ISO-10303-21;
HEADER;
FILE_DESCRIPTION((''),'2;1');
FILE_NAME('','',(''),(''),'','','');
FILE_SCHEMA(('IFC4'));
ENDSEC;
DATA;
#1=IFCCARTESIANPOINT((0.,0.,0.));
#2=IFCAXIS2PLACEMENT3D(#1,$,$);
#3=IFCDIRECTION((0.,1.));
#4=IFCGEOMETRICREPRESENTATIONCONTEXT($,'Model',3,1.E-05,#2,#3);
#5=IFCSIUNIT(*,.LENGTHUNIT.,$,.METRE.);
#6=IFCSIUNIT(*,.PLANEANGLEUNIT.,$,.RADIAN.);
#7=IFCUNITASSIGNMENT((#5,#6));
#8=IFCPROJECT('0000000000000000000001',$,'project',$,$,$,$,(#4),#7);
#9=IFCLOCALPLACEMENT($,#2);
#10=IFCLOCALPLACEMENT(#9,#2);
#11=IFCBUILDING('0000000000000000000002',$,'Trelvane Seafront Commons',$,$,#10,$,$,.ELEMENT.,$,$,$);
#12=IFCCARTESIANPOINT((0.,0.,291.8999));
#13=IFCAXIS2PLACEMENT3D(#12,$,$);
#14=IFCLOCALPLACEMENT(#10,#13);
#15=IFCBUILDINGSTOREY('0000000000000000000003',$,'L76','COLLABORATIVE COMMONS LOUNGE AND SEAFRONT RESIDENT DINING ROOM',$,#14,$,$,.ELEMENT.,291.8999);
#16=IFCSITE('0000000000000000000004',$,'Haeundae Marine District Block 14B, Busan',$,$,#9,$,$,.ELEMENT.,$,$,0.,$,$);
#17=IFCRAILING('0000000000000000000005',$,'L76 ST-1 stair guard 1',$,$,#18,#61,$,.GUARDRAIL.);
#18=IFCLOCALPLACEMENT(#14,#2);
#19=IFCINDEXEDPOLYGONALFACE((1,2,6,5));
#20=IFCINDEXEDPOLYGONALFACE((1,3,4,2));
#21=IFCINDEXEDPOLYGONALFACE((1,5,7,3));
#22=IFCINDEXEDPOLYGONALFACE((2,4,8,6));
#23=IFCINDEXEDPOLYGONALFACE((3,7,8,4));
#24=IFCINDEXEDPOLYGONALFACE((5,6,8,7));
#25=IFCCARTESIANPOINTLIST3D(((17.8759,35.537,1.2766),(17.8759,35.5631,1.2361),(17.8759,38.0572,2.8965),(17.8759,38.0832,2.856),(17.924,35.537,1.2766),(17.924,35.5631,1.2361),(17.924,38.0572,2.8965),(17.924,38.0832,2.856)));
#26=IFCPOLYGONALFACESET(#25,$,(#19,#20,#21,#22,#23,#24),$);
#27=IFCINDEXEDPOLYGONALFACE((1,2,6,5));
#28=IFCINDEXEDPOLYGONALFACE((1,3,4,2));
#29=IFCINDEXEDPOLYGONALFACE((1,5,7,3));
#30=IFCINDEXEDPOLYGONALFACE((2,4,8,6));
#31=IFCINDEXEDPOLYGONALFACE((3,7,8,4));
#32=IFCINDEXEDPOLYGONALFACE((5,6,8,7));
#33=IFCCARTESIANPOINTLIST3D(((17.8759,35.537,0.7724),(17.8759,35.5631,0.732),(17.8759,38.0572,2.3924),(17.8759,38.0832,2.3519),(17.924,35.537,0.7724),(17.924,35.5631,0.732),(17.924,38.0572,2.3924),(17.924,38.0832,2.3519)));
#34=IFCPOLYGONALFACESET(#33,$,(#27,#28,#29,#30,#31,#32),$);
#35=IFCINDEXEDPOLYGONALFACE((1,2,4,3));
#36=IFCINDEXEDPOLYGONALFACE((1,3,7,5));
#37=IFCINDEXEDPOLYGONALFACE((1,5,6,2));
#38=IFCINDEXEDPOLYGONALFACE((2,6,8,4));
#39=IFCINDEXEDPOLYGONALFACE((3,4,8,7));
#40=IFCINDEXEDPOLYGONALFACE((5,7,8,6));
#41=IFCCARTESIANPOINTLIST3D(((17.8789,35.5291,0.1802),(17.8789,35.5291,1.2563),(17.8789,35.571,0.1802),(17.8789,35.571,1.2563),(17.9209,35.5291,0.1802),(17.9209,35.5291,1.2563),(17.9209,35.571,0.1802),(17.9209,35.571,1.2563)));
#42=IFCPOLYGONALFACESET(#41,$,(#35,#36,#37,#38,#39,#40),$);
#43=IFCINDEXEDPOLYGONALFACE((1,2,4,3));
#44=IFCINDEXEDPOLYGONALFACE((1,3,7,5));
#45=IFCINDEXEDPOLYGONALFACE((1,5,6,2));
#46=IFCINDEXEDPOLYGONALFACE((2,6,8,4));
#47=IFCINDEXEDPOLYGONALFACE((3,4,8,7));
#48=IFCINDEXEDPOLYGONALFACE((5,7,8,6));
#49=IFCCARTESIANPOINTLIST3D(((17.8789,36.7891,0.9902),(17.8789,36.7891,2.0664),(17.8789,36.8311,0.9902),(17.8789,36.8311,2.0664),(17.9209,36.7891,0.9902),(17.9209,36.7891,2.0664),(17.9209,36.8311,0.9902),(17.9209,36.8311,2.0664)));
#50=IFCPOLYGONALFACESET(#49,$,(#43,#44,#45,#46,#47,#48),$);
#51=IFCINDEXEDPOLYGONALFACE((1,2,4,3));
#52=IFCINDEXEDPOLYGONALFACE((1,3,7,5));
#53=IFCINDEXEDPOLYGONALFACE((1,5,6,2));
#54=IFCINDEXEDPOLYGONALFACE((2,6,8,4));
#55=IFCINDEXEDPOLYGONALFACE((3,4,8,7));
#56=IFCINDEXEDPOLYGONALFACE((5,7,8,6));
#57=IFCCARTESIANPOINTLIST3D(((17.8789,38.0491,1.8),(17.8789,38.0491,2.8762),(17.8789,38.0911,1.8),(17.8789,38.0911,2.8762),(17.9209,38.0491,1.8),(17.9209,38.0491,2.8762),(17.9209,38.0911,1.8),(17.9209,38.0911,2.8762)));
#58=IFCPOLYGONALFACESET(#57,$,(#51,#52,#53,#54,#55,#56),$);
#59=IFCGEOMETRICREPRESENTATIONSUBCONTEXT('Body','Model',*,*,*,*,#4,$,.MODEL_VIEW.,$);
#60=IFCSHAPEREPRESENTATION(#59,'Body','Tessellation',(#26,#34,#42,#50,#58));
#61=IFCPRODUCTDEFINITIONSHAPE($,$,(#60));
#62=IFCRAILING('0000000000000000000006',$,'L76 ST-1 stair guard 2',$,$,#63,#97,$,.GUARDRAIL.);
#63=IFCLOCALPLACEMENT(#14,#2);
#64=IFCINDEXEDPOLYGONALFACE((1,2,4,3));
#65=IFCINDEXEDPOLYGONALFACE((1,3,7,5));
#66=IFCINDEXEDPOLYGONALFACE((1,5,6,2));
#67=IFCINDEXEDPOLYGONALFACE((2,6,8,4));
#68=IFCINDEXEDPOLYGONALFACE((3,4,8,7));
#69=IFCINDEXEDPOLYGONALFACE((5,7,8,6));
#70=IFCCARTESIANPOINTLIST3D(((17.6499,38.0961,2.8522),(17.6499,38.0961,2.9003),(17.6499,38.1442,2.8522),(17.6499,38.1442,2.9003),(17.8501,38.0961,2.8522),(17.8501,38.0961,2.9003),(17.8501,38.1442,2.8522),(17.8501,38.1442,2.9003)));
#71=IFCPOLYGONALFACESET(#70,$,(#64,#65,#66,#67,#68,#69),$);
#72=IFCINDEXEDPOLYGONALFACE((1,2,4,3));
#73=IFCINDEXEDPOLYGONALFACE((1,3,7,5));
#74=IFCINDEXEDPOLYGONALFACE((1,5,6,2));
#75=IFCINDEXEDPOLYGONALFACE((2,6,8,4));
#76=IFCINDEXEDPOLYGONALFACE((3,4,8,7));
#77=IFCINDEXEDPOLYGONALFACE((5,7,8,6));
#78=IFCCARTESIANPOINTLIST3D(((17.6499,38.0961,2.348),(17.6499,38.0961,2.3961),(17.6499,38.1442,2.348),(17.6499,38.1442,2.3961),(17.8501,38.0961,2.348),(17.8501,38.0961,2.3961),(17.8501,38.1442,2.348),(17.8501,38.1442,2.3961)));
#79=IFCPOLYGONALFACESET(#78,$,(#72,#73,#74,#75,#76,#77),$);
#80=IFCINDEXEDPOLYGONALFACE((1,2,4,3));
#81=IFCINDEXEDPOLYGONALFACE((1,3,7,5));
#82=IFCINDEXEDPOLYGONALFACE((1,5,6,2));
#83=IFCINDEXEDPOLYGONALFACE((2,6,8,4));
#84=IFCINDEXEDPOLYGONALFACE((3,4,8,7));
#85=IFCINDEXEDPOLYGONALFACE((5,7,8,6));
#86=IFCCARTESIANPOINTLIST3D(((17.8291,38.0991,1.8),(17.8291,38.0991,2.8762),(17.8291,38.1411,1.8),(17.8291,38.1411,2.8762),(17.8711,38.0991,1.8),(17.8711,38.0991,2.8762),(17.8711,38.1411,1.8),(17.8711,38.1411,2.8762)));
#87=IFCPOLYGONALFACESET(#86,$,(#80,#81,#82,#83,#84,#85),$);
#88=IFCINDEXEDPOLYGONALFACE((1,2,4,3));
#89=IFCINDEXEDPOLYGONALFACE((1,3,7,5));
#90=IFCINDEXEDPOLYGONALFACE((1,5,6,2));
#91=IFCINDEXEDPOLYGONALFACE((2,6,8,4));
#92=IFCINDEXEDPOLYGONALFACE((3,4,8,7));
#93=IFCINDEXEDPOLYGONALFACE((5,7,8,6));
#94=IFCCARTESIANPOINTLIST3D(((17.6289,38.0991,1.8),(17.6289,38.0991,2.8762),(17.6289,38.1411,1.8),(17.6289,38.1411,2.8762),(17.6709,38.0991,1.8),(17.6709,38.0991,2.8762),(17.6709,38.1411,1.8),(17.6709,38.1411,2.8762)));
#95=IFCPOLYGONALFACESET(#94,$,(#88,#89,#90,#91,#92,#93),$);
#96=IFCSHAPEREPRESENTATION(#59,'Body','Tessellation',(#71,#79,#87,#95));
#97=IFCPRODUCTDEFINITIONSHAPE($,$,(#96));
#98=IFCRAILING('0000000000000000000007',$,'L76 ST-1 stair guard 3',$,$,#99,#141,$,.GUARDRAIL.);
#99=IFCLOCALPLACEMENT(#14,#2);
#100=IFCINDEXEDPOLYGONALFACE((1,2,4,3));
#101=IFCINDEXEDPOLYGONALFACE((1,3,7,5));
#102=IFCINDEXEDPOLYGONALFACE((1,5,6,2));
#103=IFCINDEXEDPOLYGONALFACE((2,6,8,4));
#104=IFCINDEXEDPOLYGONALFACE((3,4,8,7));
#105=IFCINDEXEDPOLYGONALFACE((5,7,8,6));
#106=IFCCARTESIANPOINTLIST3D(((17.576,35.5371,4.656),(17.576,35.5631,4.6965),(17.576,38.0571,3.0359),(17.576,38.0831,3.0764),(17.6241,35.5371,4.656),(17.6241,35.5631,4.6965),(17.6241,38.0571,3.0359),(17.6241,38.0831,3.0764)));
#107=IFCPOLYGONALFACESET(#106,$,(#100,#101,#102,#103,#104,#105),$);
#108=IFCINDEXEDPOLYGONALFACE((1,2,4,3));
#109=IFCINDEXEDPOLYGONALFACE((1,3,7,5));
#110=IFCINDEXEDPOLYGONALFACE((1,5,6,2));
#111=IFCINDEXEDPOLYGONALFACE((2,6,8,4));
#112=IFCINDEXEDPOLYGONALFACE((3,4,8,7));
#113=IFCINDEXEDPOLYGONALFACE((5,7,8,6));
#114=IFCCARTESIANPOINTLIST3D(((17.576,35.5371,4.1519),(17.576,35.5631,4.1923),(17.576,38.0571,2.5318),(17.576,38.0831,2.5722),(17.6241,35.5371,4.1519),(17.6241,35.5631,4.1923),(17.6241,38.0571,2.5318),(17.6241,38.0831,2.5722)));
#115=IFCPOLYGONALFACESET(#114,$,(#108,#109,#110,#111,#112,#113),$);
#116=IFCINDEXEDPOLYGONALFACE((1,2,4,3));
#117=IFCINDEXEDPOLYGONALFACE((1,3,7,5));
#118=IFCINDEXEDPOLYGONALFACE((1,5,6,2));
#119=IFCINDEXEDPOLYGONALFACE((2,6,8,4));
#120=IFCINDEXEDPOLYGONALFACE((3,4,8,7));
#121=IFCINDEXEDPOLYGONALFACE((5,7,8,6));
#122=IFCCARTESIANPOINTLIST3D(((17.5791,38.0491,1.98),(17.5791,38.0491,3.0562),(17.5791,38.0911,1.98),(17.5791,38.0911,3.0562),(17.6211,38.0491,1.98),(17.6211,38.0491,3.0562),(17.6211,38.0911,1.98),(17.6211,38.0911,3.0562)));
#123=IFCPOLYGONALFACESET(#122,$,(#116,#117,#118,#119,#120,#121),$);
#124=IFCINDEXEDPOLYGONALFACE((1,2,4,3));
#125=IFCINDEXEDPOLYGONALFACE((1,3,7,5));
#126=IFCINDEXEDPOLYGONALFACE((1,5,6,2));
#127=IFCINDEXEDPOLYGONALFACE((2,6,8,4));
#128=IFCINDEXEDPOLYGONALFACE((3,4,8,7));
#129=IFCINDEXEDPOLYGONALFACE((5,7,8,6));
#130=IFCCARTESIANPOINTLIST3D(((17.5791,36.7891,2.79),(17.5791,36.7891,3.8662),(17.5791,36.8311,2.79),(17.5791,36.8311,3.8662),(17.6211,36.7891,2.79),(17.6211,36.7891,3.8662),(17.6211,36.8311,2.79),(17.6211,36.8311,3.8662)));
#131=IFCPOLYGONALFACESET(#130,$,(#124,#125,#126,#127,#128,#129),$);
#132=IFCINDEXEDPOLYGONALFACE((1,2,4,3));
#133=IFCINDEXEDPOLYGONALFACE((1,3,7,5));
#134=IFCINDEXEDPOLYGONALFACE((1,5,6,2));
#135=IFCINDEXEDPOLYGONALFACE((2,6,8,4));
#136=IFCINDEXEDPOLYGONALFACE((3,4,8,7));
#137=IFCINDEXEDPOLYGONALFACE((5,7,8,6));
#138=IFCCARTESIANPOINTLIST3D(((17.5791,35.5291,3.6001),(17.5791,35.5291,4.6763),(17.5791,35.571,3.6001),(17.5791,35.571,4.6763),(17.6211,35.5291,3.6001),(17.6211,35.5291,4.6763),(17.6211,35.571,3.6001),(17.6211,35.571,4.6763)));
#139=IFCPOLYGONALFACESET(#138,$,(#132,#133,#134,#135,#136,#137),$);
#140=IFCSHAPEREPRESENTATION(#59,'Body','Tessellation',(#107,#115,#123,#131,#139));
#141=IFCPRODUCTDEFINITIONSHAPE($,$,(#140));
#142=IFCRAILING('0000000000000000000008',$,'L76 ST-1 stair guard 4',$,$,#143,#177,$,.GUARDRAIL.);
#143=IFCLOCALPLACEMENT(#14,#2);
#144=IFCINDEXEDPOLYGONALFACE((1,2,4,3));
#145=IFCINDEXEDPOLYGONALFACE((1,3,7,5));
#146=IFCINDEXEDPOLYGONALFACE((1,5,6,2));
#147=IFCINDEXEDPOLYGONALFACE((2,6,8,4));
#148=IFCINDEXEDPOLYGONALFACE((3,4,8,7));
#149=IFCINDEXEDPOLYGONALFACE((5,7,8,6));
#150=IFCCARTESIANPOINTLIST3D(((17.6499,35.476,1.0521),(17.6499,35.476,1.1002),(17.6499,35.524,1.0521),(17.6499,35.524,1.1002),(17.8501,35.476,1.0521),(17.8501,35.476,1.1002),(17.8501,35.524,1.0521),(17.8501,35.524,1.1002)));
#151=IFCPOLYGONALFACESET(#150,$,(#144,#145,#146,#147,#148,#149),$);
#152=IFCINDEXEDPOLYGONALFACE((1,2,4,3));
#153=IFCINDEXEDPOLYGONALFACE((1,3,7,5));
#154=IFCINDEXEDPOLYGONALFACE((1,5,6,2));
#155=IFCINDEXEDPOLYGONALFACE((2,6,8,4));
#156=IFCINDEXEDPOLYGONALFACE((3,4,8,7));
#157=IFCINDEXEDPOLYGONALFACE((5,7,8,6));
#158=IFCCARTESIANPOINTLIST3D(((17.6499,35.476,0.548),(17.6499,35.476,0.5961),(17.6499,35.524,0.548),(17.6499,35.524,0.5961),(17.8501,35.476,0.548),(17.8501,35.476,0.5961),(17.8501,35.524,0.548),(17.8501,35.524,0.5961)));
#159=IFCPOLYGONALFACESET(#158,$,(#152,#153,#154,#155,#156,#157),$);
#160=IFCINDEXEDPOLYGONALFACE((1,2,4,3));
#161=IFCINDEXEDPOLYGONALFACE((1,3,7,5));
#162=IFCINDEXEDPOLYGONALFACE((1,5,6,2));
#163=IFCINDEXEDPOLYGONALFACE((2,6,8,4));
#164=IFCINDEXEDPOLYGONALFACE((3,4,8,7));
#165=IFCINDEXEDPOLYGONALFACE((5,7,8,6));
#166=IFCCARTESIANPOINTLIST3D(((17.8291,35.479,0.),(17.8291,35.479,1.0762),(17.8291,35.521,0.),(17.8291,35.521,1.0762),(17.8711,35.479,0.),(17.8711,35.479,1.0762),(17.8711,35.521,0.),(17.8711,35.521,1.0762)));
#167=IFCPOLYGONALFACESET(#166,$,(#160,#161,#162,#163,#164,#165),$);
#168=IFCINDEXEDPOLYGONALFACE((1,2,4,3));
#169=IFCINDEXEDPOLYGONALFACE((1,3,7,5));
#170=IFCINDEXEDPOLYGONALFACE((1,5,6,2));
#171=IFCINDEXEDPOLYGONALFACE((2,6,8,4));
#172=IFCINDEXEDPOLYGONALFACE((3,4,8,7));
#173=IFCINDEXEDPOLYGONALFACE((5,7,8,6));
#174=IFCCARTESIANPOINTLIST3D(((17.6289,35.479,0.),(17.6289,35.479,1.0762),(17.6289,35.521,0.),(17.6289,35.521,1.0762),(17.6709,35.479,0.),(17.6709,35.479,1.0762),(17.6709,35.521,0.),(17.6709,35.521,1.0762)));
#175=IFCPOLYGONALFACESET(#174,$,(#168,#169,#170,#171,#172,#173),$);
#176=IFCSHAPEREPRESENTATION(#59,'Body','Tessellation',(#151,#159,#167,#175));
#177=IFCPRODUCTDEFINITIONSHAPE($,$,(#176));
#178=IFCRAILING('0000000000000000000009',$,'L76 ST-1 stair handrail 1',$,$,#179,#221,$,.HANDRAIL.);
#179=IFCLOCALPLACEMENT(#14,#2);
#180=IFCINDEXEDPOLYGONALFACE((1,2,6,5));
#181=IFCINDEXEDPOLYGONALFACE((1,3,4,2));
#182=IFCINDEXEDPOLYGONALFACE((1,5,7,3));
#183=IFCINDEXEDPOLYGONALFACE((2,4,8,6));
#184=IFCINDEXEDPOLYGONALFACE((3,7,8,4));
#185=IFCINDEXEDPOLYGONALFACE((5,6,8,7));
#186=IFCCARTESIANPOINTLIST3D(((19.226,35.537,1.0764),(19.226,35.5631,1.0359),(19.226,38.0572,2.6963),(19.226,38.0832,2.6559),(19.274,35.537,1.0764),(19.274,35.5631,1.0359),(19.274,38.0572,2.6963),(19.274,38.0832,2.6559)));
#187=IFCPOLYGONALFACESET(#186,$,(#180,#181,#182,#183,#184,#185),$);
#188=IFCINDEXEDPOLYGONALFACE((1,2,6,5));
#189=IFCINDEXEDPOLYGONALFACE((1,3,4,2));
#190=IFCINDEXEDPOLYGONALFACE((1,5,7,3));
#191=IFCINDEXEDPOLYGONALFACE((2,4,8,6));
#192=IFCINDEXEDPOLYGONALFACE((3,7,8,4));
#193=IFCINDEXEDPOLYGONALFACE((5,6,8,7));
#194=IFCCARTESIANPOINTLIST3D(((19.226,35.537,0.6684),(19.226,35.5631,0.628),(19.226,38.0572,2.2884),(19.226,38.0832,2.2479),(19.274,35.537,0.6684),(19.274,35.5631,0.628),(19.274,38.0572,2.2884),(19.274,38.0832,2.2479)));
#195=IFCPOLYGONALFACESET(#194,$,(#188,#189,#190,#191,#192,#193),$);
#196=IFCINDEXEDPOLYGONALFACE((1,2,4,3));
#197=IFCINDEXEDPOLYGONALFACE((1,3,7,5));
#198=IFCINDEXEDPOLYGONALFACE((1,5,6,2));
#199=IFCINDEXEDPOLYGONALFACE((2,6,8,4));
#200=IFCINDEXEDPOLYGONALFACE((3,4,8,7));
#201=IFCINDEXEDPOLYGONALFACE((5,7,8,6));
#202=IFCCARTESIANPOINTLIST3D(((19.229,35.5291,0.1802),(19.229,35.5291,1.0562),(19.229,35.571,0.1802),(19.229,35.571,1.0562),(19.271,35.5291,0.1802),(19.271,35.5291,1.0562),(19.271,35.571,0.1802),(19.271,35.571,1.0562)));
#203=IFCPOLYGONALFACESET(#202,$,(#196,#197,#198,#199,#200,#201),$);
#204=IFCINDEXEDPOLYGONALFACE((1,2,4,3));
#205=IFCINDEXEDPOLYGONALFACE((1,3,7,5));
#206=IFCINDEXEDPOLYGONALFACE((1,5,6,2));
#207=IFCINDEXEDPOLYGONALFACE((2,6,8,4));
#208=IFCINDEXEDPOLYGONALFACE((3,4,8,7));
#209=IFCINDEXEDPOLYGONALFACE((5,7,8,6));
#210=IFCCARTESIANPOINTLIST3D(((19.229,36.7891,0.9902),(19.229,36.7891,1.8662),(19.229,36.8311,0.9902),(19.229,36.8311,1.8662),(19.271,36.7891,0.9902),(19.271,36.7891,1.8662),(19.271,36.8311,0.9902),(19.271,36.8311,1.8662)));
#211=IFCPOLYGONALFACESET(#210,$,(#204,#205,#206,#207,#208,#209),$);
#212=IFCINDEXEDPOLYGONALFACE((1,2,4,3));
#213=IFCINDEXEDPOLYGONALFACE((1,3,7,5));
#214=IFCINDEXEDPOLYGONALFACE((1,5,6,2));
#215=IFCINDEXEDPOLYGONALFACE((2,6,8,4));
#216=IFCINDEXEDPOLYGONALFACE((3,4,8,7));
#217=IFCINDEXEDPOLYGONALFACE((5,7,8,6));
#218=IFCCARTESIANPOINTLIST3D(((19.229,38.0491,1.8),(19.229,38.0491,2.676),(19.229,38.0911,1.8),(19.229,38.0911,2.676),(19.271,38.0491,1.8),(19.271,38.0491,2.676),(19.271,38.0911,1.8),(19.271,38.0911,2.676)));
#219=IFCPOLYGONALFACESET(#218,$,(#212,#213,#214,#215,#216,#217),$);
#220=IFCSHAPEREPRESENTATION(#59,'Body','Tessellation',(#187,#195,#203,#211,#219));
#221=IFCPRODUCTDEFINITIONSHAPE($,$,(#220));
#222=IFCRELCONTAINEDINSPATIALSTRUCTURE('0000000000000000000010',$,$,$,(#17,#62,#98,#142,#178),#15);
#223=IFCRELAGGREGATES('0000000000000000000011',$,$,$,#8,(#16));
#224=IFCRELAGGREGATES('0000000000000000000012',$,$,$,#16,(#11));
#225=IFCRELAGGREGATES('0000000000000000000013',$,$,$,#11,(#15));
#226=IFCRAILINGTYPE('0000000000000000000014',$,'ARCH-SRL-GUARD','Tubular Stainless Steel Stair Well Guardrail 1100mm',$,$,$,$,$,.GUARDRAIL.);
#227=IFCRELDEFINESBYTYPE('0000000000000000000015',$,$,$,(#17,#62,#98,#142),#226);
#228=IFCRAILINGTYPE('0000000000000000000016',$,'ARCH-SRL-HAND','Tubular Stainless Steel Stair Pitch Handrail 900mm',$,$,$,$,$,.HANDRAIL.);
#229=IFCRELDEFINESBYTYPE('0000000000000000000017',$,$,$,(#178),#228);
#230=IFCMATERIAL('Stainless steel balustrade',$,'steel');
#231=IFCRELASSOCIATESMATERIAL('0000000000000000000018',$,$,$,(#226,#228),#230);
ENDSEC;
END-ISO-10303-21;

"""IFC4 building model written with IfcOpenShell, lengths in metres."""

from ifc_helpers import new_model, si_unit, direction, frame, origin, origin_2d, place, context, subcontext, project, spatial, rectangle, extrude, material, type_object, element, save


model = new_model("IFC4")

# Units and contexts
model_context = context("Model", 3, precision=1e-05, world=origin(), true_north=direction((0.0, 1.0)))
body_context = subcontext(model_context, "Body", "Model", "MODEL_VIEW")
ifc_project = project(units=[si_unit("LENGTHUNIT", "METRE"), si_unit("PLANEANGLEUNIT", "RADIAN")], contexts=[model_context])

# Site, building, storey
site_placement = place(None, origin())
site = spatial("IfcSite", under=ifc_project, at=site_placement, Name="Haeundae Marine District Block 14B, Busan", CompositionType="ELEMENT", RefElevation=0.0)
building_placement = place(site_placement, origin())
building = spatial("IfcBuilding", under=site, at=building_placement, Name="Trelvane Seafront Commons", CompositionType="ELEMENT")
storey_placement = place(building_placement, frame((0.0, 0.0, 291.8999)))
storey = spatial("IfcBuildingStorey", under=building, at=storey_placement, Name="L76", Description="COLLABORATIVE COMMONS LOUNGE AND SEAFRONT RESIDENT DINING ROOM", CompositionType="ELEMENT", Elevation=291.8999)

# Shared definitions
ifc_material_1 = material(Name="Stainless steel balustrade", Category="steel")

# Railings
railing_type_1 = type_object("IfcRailingType", Name="ARCH-SRL-GUARD", Description="Tubular Stainless Steel Stair Well Guardrail 1100mm", PredefinedType="GUARDRAIL", material=ifc_material_1)
railing_1_placement = place(storey_placement, frame((17.8999, 35.55, 0.1802)))
element("IfcRailing", 1, at=railing_1_placement, inside=storey, type_object=railing_type_1, Name="L76 ST-1 stair guard 1", PredefinedType="GUARDRAIL", context=body_context, shape_type="SweptSolid", body=[
    extrude(rectangle(XDim=0.0481, YDim=0.0481, at=origin_2d()), frame((0.0, 0.0, 1.0762), z_axis=(0.0, 0.8412, 0.540725), x_axis=(-1.0, 0.0, 0.0)), (0.0, 0.0, 1.0), 2.9958),
    extrude(rectangle(XDim=0.0481, YDim=0.0481, at=origin_2d()), frame((0.0, 0.0, 0.572), z_axis=(0.0, 0.8412, 0.540725), x_axis=(-1.0, 0.0, 0.0)), (0.0, 0.0, 1.0), 2.9958),
    extrude(rectangle(XDim=0.042, YDim=0.042, at=origin_2d()), origin(), (0.0, 0.0, 1.0), 1.0762),
    extrude(rectangle(XDim=0.042, YDim=0.042, at=origin_2d()), frame((0.0, 1.26, 0.8101)), (0.0, 0.0, 1.0), 1.0762),
    extrude(rectangle(XDim=0.042, YDim=0.042, at=origin_2d()), frame((0.0, 2.52, 1.6199)), (0.0, 0.0, 1.0), 1.0762),
])
railing_2_placement = place(storey_placement, frame((17.8501, 38.1201, 1.8)))
element("IfcRailing", 2, at=railing_2_placement, inside=storey, type_object=railing_type_1, Name="L76 ST-1 stair guard 2", PredefinedType="GUARDRAIL", context=body_context, shape_type="SweptSolid", body=[
    extrude(rectangle(XDim=0.0481, YDim=0.0481, at=origin_2d()), frame((0.0, 0.0, 1.0762), z_axis=(-1.0, 0.0, 0.0), x_axis=(0.0, -1.0, 0.0)), (0.0, 0.0, 1.0), 0.2002),
    extrude(rectangle(XDim=0.0481, YDim=0.0481, at=origin_2d()), frame((0.0, 0.0, 0.572), z_axis=(-1.0, 0.0, 0.0), x_axis=(0.0, -1.0, 0.0)), (0.0, 0.0, 1.0), 0.2002),
    extrude(rectangle(XDim=0.042, YDim=0.042, at=origin_2d()), origin(), (0.0, 0.0, 1.0), 1.0762),
    extrude(rectangle(XDim=0.042, YDim=0.042, at=origin_2d()), frame((-0.2002, 0.0, 0.0)), (0.0, 0.0, 1.0), 1.0762),
])
railing_3_placement = place(storey_placement, frame((17.6001, 38.0701, 1.98)))
element("IfcRailing", 3, at=railing_3_placement, inside=storey, type_object=railing_type_1, Name="L76 ST-1 stair guard 3", PredefinedType="GUARDRAIL", context=body_context, shape_type="SweptSolid", body=[
    extrude(rectangle(XDim=0.0481, YDim=0.0481, at=origin_2d()), frame((0.0, 0.0, 1.0762), z_axis=(0.0, -0.841163, 0.540782), x_axis=(1.0, 0.0, 0.0)), (0.0, 0.0, 1.0), 2.9958),
    extrude(rectangle(XDim=0.0481, YDim=0.0481, at=origin_2d()), frame((0.0, 0.0, 0.572), z_axis=(0.0, -0.841163, 0.540782), x_axis=(1.0, 0.0, 0.0)), (0.0, 0.0, 1.0), 2.9958),
    extrude(rectangle(XDim=0.042, YDim=0.042, at=origin_2d()), origin(), (0.0, 0.0, 1.0), 1.0762),
    extrude(rectangle(XDim=0.042, YDim=0.042, at=origin_2d()), frame((0.0, -1.26, 0.8101)), (0.0, 0.0, 1.0), 1.0762),
    extrude(rectangle(XDim=0.042, YDim=0.042, at=origin_2d()), frame((0.0, -2.52, 1.6201)), (0.0, 0.0, 1.0), 1.0762),
])
railing_4_placement = place(storey_placement, frame((17.8501, 35.5, 0.0)))
element("IfcRailing", 4, at=railing_4_placement, inside=storey, type_object=railing_type_1, Name="L76 ST-1 stair guard 4", PredefinedType="GUARDRAIL", context=body_context, shape_type="SweptSolid", body=[
    extrude(rectangle(XDim=0.0481, YDim=0.0481, at=origin_2d()), frame((0.0, 0.0, 1.0762), z_axis=(-1.0, 0.0, 0.0), x_axis=(0.0, -1.0, 0.0)), (0.0, 0.0, 1.0), 0.2002),
    extrude(rectangle(XDim=0.0481, YDim=0.0481, at=origin_2d()), frame((0.0, 0.0, 0.572), z_axis=(-1.0, 0.0, 0.0), x_axis=(0.0, -1.0, 0.0)), (0.0, 0.0, 1.0), 0.2002),
    extrude(rectangle(XDim=0.042, YDim=0.042, at=origin_2d()), origin(), (0.0, 0.0, 1.0), 1.0762),
    extrude(rectangle(XDim=0.042, YDim=0.042, at=origin_2d()), frame((-0.2002, 0.0, 0.0)), (0.0, 0.0, 1.0), 1.0762),
])
railing_type_2 = type_object("IfcRailingType", Name="ARCH-SRL-HAND", Description="Tubular Stainless Steel Stair Pitch Handrail 900mm", PredefinedType="HANDRAIL", material=ifc_material_1)
railing_5_placement = place(storey_placement, frame((19.25, 35.55, 0.1802)))
element("IfcRailing", 5, at=railing_5_placement, inside=storey, type_object=railing_type_2, Name="L76 ST-1 stair handrail 1", PredefinedType="HANDRAIL", context=body_context, shape_type="SweptSolid", body=[
    extrude(rectangle(XDim=0.0481, YDim=0.0481, at=origin_2d()), frame((0.0, 0.0, 0.876), z_axis=(0.0, 0.8412, 0.540725), x_axis=(-1.0, 0.0, 0.0)), (0.0, 0.0, 1.0), 2.9958),
    extrude(rectangle(XDim=0.0481, YDim=0.0481, at=origin_2d()), frame((0.0, 0.0, 0.468), z_axis=(0.0, 0.8412, 0.540725), x_axis=(-1.0, 0.0, 0.0)), (0.0, 0.0, 1.0), 2.9958),
    extrude(rectangle(XDim=0.042, YDim=0.042, at=origin_2d()), origin(), (0.0, 0.0, 1.0), 0.876),
    extrude(rectangle(XDim=0.042, YDim=0.042, at=origin_2d()), frame((0.0, 1.26, 0.8101)), (0.0, 0.0, 1.0), 0.876),
    extrude(rectangle(XDim=0.042, YDim=0.042, at=origin_2d()), frame((0.0, 2.52, 1.6199)), (0.0, 0.0, 1.0), 0.876),
])

save(model, "model.ifc")
